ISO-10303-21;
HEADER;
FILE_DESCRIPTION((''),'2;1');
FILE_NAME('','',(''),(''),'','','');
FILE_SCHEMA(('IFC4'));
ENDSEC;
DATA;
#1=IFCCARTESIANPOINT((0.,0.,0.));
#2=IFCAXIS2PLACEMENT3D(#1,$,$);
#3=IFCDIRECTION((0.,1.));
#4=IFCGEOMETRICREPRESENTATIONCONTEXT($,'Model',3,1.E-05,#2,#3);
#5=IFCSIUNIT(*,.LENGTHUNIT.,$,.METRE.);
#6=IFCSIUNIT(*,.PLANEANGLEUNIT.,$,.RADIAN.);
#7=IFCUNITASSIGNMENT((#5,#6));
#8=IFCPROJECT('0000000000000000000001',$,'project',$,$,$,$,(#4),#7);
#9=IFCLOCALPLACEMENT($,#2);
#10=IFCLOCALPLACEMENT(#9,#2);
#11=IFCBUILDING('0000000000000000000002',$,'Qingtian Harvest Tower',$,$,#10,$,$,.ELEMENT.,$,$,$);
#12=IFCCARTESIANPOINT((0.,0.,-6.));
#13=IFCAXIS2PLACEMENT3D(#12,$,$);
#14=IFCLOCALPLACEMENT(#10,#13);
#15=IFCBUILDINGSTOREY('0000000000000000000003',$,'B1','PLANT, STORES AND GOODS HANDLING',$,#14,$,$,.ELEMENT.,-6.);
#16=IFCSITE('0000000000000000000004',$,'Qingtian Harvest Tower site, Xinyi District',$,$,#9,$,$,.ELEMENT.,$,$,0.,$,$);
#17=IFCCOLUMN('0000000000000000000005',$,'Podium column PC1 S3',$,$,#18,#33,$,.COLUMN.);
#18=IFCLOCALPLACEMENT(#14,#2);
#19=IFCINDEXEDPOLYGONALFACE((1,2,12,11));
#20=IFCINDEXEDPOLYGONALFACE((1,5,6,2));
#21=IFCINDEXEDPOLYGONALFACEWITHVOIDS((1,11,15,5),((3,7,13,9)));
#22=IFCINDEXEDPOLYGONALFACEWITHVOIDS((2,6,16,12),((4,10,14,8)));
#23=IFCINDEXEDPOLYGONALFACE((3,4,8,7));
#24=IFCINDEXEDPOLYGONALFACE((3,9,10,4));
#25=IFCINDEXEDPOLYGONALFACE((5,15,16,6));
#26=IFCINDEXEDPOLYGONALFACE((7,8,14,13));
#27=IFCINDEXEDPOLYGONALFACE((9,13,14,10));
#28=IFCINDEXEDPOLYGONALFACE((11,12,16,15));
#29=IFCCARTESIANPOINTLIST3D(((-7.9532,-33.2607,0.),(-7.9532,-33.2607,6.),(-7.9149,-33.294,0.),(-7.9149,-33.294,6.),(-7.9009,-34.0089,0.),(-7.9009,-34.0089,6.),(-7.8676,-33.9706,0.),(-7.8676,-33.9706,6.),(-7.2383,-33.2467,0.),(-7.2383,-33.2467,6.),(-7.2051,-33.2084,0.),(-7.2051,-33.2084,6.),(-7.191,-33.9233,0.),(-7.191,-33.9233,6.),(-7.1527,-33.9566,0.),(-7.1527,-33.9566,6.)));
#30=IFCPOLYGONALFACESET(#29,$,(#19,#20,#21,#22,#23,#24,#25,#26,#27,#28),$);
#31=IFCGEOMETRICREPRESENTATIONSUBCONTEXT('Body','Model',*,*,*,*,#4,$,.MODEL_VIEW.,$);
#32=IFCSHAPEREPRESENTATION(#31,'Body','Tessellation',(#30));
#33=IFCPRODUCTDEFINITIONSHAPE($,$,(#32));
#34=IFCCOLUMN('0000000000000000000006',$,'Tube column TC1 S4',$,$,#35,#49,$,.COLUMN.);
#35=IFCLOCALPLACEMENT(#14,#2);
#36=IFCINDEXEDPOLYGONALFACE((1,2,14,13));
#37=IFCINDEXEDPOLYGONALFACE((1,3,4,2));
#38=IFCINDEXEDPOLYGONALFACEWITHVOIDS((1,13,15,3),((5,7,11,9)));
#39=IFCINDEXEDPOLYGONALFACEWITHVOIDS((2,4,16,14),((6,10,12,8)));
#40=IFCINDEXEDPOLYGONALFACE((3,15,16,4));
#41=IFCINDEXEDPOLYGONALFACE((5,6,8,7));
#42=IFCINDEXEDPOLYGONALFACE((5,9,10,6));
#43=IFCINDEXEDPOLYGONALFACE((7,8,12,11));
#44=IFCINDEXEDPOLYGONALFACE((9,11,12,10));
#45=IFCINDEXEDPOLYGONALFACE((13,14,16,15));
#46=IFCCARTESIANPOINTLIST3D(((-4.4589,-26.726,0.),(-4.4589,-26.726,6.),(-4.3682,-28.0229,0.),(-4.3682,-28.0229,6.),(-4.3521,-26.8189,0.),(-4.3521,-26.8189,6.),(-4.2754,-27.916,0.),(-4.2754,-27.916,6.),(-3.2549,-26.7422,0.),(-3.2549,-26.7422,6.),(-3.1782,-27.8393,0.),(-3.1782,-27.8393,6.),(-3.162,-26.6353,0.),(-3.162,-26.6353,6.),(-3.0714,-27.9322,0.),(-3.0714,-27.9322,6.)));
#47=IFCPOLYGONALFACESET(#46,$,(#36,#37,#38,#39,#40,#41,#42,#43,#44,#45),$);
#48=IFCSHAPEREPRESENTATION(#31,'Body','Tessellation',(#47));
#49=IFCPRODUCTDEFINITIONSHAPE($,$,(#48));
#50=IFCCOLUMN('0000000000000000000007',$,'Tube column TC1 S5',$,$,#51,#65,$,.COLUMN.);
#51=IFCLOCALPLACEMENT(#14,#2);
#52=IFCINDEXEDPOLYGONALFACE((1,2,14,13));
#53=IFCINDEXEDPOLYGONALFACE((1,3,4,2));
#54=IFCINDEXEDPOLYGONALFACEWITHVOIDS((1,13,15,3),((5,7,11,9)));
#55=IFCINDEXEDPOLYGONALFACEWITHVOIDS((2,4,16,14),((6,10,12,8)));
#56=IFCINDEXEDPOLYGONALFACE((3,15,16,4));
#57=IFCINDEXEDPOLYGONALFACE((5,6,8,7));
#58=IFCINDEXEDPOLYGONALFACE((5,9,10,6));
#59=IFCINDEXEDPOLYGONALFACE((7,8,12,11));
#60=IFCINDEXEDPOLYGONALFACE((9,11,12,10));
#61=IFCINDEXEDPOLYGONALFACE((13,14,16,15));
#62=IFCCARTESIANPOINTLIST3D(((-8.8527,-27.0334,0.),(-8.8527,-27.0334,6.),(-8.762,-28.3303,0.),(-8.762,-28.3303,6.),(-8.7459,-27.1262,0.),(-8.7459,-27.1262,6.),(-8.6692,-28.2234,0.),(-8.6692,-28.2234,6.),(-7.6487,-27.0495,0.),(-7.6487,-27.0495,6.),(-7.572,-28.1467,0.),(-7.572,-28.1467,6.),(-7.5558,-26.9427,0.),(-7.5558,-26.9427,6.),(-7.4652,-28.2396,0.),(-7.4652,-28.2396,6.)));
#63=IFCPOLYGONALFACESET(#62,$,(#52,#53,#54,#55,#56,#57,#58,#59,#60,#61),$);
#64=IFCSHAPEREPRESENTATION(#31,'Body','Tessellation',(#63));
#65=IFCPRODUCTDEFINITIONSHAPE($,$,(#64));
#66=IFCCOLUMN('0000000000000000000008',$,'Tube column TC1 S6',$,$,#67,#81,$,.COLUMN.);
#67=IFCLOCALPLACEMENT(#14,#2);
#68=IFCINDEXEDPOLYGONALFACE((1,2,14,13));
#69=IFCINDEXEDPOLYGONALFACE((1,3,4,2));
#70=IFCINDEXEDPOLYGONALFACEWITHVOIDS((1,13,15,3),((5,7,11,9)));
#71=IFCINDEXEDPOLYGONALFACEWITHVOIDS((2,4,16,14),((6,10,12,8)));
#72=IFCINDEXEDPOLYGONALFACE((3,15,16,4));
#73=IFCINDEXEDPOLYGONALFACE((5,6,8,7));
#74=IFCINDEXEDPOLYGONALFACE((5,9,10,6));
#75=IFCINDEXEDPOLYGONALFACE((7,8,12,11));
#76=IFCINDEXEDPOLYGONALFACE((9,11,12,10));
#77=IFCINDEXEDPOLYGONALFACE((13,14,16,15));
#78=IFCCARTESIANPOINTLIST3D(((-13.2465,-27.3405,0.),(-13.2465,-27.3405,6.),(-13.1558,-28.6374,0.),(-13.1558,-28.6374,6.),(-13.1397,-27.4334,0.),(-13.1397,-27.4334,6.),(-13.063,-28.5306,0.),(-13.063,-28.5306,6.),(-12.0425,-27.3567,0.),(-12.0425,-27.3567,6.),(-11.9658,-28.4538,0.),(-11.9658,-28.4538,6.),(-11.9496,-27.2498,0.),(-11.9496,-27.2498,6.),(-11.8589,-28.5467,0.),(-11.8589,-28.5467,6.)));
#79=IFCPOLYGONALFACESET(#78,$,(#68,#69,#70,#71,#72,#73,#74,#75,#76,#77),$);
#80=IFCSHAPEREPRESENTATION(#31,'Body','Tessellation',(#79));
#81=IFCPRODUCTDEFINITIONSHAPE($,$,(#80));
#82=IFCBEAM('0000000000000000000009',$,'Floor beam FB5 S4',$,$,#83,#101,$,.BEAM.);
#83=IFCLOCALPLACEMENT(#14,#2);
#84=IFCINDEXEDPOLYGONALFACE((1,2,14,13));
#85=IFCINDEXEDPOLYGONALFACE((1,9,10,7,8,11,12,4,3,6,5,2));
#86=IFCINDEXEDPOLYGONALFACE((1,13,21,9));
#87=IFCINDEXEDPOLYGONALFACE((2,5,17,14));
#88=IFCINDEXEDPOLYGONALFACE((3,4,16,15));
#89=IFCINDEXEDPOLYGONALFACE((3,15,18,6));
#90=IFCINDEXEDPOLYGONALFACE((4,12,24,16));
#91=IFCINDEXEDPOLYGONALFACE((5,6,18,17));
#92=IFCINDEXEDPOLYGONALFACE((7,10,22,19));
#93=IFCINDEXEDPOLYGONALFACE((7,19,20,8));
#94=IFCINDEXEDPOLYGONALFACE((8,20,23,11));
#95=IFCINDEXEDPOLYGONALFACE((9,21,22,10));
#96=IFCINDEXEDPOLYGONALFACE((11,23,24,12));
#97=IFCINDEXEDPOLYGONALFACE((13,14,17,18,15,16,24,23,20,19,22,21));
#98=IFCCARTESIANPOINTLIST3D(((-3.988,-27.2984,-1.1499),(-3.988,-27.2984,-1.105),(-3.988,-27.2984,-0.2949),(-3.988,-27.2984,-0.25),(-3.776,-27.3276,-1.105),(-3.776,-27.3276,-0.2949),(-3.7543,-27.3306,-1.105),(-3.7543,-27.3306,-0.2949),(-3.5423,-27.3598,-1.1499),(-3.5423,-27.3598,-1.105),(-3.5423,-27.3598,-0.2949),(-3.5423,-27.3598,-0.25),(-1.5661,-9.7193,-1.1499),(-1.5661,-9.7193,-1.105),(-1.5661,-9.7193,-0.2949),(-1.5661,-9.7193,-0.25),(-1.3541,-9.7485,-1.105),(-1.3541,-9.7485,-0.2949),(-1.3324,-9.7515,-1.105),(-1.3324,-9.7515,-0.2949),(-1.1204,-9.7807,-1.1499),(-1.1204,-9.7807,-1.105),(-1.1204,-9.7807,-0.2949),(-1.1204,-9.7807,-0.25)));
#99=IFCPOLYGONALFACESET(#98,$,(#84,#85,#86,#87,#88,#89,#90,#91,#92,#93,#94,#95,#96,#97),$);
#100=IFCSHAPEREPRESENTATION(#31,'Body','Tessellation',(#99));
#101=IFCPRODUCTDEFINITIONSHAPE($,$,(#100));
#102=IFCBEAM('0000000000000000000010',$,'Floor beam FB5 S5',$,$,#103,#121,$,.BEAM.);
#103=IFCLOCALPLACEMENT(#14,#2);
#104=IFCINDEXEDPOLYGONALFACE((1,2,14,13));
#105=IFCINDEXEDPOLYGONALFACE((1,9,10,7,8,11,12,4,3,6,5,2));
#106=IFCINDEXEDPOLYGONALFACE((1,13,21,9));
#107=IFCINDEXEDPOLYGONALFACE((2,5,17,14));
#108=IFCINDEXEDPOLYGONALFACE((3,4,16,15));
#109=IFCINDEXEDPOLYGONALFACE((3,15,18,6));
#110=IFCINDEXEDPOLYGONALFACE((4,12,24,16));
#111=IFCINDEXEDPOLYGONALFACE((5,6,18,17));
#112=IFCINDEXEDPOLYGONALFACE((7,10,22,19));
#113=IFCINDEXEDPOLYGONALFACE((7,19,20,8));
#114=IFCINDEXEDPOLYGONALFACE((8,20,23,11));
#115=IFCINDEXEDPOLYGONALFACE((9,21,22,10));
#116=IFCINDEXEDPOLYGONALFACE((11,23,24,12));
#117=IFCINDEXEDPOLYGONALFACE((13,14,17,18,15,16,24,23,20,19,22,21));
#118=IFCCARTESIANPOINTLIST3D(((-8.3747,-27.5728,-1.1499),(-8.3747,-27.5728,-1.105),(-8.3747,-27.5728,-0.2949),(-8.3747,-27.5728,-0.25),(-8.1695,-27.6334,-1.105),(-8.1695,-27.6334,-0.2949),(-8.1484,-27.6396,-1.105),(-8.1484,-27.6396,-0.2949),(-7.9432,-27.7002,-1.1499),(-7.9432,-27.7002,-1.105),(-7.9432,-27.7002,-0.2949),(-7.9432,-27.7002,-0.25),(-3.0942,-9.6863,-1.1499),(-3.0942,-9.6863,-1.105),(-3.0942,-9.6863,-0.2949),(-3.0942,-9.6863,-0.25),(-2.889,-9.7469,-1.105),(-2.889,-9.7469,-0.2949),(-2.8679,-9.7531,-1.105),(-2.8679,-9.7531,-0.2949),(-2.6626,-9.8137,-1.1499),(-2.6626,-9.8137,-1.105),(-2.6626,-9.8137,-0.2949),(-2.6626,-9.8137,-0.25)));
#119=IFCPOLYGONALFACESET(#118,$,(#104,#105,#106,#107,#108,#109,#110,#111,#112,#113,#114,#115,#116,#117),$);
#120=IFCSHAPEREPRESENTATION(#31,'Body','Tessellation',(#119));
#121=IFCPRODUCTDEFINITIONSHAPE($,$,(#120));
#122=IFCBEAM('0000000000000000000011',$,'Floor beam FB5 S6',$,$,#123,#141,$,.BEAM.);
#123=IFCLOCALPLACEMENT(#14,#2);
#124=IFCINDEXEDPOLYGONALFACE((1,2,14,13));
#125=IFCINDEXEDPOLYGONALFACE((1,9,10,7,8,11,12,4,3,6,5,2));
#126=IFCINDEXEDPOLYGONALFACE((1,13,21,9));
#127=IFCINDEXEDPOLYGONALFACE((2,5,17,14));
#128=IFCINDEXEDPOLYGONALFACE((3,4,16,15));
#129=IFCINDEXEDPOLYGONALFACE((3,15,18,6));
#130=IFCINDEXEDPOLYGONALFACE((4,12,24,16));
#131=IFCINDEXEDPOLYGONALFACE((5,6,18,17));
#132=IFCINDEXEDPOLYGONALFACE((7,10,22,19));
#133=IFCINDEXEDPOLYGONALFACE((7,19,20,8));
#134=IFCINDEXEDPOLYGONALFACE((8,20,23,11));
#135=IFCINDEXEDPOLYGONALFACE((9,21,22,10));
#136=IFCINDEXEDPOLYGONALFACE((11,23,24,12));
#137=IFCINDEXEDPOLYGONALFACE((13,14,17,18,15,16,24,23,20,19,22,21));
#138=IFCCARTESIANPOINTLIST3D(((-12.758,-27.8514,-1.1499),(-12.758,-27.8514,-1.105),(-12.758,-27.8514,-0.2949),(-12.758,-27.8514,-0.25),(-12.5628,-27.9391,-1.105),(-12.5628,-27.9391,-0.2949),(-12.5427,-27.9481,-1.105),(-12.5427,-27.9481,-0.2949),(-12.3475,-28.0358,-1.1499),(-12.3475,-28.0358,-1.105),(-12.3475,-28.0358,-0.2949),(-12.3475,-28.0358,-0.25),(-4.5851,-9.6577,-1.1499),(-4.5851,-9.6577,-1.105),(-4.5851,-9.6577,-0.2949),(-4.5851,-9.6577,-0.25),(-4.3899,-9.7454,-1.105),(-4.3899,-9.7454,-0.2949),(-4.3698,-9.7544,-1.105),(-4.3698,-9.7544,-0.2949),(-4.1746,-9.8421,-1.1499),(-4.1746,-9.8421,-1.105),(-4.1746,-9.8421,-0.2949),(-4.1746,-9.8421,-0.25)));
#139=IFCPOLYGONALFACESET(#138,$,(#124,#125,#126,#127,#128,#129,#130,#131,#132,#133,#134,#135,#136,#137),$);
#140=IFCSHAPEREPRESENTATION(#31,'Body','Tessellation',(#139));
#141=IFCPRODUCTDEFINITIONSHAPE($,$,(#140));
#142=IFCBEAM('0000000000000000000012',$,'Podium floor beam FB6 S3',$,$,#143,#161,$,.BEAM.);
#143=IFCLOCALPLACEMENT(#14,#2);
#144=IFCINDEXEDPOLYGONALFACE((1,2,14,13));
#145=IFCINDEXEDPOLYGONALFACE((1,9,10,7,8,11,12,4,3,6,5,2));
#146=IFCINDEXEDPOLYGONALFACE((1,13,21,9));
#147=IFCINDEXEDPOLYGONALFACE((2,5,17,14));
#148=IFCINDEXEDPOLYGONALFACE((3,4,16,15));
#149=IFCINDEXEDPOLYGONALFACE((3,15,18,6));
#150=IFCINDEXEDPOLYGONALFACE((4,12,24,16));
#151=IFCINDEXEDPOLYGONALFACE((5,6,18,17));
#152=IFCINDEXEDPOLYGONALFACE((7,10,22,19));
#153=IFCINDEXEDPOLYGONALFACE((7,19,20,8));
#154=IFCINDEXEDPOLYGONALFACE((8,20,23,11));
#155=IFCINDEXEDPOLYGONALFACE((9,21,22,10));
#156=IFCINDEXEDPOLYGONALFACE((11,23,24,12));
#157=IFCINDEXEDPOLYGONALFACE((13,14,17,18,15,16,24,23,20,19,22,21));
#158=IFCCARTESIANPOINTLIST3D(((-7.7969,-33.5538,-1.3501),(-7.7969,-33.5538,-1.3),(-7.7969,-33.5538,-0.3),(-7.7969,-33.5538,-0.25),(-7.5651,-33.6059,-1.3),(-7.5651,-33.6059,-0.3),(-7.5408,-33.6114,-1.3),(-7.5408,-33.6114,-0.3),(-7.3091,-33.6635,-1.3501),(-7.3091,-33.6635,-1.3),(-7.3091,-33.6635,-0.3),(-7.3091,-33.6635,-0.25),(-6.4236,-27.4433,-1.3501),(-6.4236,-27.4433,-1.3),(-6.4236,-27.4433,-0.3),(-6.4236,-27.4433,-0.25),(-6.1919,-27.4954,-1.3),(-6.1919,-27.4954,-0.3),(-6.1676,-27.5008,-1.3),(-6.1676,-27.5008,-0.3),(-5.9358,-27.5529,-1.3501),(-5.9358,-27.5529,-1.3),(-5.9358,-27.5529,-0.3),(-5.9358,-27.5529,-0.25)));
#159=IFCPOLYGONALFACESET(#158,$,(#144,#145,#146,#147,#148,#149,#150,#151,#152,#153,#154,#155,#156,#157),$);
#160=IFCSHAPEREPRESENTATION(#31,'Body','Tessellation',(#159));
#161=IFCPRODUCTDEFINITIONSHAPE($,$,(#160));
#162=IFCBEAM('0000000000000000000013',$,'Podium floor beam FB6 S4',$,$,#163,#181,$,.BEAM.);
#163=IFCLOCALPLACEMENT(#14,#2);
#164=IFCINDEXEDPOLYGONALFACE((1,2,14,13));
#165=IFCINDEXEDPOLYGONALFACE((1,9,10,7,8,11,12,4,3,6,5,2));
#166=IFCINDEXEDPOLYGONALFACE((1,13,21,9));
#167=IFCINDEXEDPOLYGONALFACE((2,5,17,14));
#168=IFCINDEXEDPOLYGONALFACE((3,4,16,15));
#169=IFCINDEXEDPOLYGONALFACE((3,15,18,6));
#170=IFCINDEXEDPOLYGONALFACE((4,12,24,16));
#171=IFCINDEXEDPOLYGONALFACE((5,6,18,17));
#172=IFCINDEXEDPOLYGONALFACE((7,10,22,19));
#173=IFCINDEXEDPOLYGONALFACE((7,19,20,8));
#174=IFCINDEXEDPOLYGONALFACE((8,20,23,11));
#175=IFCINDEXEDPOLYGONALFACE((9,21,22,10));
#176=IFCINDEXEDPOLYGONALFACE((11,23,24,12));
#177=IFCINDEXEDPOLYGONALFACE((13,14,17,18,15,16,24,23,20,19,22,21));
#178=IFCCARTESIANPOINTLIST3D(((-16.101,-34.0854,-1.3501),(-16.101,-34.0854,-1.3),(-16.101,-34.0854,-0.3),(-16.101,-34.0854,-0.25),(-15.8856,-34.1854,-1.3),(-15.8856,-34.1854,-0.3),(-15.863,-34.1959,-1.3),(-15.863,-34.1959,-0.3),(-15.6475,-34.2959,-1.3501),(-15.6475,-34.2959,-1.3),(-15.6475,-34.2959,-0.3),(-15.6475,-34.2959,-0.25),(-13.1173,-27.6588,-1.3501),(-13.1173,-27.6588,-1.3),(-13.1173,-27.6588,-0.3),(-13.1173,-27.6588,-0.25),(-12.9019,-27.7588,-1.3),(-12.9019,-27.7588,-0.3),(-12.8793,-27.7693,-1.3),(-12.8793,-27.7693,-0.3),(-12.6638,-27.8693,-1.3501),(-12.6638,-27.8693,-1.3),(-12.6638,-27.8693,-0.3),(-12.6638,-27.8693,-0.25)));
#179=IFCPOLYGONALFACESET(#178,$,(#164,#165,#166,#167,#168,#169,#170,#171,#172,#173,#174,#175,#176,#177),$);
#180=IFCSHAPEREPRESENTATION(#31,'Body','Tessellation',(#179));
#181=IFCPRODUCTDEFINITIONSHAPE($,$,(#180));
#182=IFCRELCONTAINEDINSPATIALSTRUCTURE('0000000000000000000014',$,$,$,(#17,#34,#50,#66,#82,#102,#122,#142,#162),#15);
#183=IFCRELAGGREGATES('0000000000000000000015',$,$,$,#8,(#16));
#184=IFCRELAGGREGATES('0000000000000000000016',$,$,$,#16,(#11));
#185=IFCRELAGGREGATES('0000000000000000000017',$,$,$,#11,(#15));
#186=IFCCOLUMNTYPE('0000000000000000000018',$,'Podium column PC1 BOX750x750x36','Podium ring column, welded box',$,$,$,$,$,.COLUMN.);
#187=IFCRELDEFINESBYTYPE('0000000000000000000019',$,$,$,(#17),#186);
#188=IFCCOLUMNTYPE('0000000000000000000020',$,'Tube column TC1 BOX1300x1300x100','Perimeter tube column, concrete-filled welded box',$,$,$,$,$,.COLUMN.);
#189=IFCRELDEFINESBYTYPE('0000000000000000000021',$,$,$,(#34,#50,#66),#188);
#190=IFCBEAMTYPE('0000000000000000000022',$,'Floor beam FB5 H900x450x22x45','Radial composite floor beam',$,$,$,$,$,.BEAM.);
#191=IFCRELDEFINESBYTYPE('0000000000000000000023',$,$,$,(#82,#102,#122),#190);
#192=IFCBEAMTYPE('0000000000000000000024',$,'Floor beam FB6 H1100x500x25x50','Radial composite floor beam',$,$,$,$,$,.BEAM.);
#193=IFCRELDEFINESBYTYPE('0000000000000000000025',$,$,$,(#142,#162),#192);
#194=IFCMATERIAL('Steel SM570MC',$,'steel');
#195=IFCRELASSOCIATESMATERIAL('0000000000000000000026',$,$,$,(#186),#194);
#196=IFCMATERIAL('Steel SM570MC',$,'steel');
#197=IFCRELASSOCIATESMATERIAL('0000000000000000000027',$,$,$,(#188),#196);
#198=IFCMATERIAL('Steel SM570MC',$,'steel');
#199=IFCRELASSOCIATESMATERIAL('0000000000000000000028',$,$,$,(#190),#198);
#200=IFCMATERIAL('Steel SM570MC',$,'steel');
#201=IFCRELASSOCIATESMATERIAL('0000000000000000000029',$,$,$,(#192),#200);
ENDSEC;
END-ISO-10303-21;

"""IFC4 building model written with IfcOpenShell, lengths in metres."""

from ifc_helpers import new_model, si_unit, direction, frame, origin, origin_2d, place, context, subcontext, project, spatial, hollow_rectangle, i_section, extrude, material, material_profile, profile_set, type_object, element, save


model = new_model("IFC4")

# Units and contexts
model_context = context("Model", 3, precision=1e-05, world=origin(), true_north=direction((0.0, 1.0)))
body_context = subcontext(model_context, "Body", "Model", "MODEL_VIEW")
ifc_project = project(units=[si_unit("LENGTHUNIT", "METRE"), si_unit("PLANEANGLEUNIT", "RADIAN")], contexts=[model_context])

# Site, building, storey
site_placement = place(None, origin())
site = spatial("IfcSite", under=ifc_project, at=site_placement, Name="Qingtian Harvest Tower site, Xinyi District", CompositionType="ELEMENT", RefElevation=0.0)
building_placement = place(site_placement, origin())
building = spatial("IfcBuilding", under=site, at=building_placement, Name="Qingtian Harvest Tower", CompositionType="ELEMENT")
storey_placement = place(building_placement, frame((0.0, 0.0, -6.0)))
storey = spatial("IfcBuildingStorey", under=building, at=storey_placement, Name="B1", Description="PLANT, STORES AND GOODS HANDLING", CompositionType="ELEMENT", Elevation=-6.0)

# Columns
ifc_material_1 = material(Name="Steel SM570MC", Category="steel")
ifc_material_profile_1 = material_profile(ifc_material_1, hollow_rectangle(XDim=0.75, YDim=0.75, WallThickness=0.0359, at=origin_2d()), Name="BOX750x750x36")
ifc_profile_set_1 = profile_set([ifc_material_profile_1], Name="Steel SM570MC")
column_type_1 = type_object("IfcColumnType", Name="Podium column PC1 BOX750x750x36", Description="Podium ring column, welded box", PredefinedType="COLUMN", material=ifc_profile_set_1)
column_placement = place(storey_placement, frame((-7.553, -33.6086, 0.0), z_axis=(0.0, 0.0, 1.0), x_axis=(0.997564, 0.069756, 0.0)))
element("IfcColumn", 1, at=column_placement, inside=storey, type_object=column_type_1, Name="Podium column PC1 S3", PredefinedType="COLUMN", context=body_context, shape_type="SweptSolid", body=[
    extrude(hollow_rectangle(XDim=0.75, YDim=0.75, WallThickness=0.0359, at=origin_2d()), origin(), (0.0, 0.0, 1.0), 6.0),
])
ifc_material_2 = material(Name="Steel SM570MC", Category="steel")
ifc_material_profile_2 = material_profile(ifc_material_2, hollow_rectangle(XDim=1.3, YDim=1.3, WallThickness=0.1001, at=origin_2d()), Name="BOX1300x1300x100")
ifc_profile_set_2 = profile_set([ifc_material_profile_2], Name="Steel SM570MC")
column_type_2 = type_object("IfcColumnType", Name="Tube column TC1 BOX1300x1300x100", Description="Perimeter tube column, concrete-filled welded box", PredefinedType="COLUMN", material=ifc_profile_set_2)
for number, where, z_axis, x_axis, name in (
    (2, (-3.7651, -27.3291, 0.0), (0.0, 0.0, 1.0), (0.997564, 0.069756, 0.0), "Tube column TC1 S4"),
    (3, (-8.1589, -27.6365, 0.0), (0.0, 0.0, 1.0), (0.997564, 0.069756, 0.0), "Tube column TC1 S5"),
    (4, (-12.5527, -27.9436, 0.0), (0.0, 0.0, 1.0), (0.997564, 0.069756, 0.0), "Tube column TC1 S6"),
):
    element("IfcColumn", number, at=place(storey_placement, frame(where, z_axis=z_axis, x_axis=x_axis)), inside=storey, type_object=column_type_2, Name=name, PredefinedType="COLUMN", context=body_context, shape_type="SweptSolid", body=[
        extrude(hollow_rectangle(XDim=1.3, YDim=1.3, WallThickness=0.1001, at=origin_2d()), origin(), (0.0, 0.0, 1.0), 6.0),
    ])

# Beams
ifc_material_3 = material(Name="Steel SM570MC", Category="steel")
ifc_material_profile_3 = material_profile(ifc_material_3, i_section(OverallWidth=0.45, OverallDepth=0.8999, WebThickness=0.022, FlangeThickness=0.0449, at=origin_2d()), Name="H900x450x22x45")
ifc_profile_set_3 = profile_set([ifc_material_profile_3], Name="Steel SM570MC")
beam_type_1 = type_object("IfcBeamType", Name="Floor beam FB5 H900x450x22x45", Description="Radial composite floor beam", PredefinedType="BEAM", material=ifc_profile_set_3)
beam_1_placement = place(storey_placement, frame((-3.7651, -27.3291, -0.7), z_axis=(0.136481, 0.990643, 0.0), x_axis=(-0.990643, 0.136481, 0.0)))
element("IfcBeam", 5, at=beam_1_placement, inside=storey, type_object=beam_type_1, Name="Floor beam FB5 S4", PredefinedType="BEAM", context=body_context, shape_type="SweptSolid", body=[
    extrude(i_section(OverallWidth=0.45, OverallDepth=0.8999, WebThickness=0.022, FlangeThickness=0.0449, at=origin_2d()), origin(), (0.0, 0.0, 1.0), 17.7451),
])
beam_2_placement = place(storey_placement, frame((-8.1589, -27.6365, -0.7), z_axis=(0.283143, 0.959078, 0.0), x_axis=(-0.959078, 0.283143, 0.0)))
element("IfcBeam", 6, at=beam_2_placement, inside=storey, type_object=beam_type_1, Name="Floor beam FB5 S5", PredefinedType="BEAM", context=body_context, shape_type="SweptSolid", body=[
    extrude(i_section(OverallWidth=0.45, OverallDepth=0.8999, WebThickness=0.022, FlangeThickness=0.0449, at=origin_2d()), origin(), (0.0, 0.0, 1.0), 18.6497),
])
beam_3_placement = place(storey_placement, frame((-12.5527, -27.9436, -0.7), z_axis=(0.40977, 0.912189, 0.0), x_axis=(-0.912189, 0.40977, 0.0)))
element("IfcBeam", 7, at=beam_3_placement, inside=storey, type_object=beam_type_1, Name="Floor beam FB5 S6", PredefinedType="BEAM", context=body_context, shape_type="SweptSolid", body=[
    extrude(i_section(OverallWidth=0.45, OverallDepth=0.8999, WebThickness=0.022, FlangeThickness=0.0449, at=origin_2d()), origin(), (0.0, 0.0, 1.0), 19.9451),
])
ifc_material_4 = material(Name="Steel SM570MC", Category="steel")
ifc_material_profile_4 = material_profile(ifc_material_4, i_section(OverallWidth=0.5, OverallDepth=1.1001, WebThickness=0.0249, FlangeThickness=0.05, at=origin_2d()), Name="H1100x500x25x50")
ifc_profile_set_4 = profile_set([ifc_material_profile_4], Name="Steel SM570MC")
beam_type_2 = type_object("IfcBeamType", Name="Floor beam FB6 H1100x500x25x50", Description="Radial composite floor beam", PredefinedType="BEAM", material=ifc_profile_set_4)
beam_4_placement = place(storey_placement, frame((-7.553, -33.6086, -0.8), z_axis=(0.21927, 0.975664, 0.0), x_axis=(-0.975664, 0.21927, 0.0)))
element("IfcBeam", 8, at=beam_4_placement, inside=storey, type_object=beam_type_2, Name="Podium floor beam FB6 S3", PredefinedType="BEAM", context=body_context, shape_type="SweptSolid", body=[
    extrude(i_section(OverallWidth=0.5, OverallDepth=1.1001, WebThickness=0.0249, FlangeThickness=0.05, at=origin_2d()), origin(), (0.0, 0.0, 1.0), 6.2629),
])
beam_5_placement = place(storey_placement, frame((-15.8743, -34.1907, -0.8), z_axis=(0.4211, 0.907014, 0.0), x_axis=(-0.907014, 0.4211, 0.0)))
element("IfcBeam", 9, at=beam_5_placement, inside=storey, type_object=beam_type_2, Name="Podium floor beam FB6 S4", PredefinedType="BEAM", context=body_context, shape_type="SweptSolid", body=[
    extrude(i_section(OverallWidth=0.5, OverallDepth=1.1001, WebThickness=0.0249, FlangeThickness=0.05, at=origin_2d()), origin(), (0.0, 0.0, 1.0), 7.0854),
])

save(model, "model.ifc")
